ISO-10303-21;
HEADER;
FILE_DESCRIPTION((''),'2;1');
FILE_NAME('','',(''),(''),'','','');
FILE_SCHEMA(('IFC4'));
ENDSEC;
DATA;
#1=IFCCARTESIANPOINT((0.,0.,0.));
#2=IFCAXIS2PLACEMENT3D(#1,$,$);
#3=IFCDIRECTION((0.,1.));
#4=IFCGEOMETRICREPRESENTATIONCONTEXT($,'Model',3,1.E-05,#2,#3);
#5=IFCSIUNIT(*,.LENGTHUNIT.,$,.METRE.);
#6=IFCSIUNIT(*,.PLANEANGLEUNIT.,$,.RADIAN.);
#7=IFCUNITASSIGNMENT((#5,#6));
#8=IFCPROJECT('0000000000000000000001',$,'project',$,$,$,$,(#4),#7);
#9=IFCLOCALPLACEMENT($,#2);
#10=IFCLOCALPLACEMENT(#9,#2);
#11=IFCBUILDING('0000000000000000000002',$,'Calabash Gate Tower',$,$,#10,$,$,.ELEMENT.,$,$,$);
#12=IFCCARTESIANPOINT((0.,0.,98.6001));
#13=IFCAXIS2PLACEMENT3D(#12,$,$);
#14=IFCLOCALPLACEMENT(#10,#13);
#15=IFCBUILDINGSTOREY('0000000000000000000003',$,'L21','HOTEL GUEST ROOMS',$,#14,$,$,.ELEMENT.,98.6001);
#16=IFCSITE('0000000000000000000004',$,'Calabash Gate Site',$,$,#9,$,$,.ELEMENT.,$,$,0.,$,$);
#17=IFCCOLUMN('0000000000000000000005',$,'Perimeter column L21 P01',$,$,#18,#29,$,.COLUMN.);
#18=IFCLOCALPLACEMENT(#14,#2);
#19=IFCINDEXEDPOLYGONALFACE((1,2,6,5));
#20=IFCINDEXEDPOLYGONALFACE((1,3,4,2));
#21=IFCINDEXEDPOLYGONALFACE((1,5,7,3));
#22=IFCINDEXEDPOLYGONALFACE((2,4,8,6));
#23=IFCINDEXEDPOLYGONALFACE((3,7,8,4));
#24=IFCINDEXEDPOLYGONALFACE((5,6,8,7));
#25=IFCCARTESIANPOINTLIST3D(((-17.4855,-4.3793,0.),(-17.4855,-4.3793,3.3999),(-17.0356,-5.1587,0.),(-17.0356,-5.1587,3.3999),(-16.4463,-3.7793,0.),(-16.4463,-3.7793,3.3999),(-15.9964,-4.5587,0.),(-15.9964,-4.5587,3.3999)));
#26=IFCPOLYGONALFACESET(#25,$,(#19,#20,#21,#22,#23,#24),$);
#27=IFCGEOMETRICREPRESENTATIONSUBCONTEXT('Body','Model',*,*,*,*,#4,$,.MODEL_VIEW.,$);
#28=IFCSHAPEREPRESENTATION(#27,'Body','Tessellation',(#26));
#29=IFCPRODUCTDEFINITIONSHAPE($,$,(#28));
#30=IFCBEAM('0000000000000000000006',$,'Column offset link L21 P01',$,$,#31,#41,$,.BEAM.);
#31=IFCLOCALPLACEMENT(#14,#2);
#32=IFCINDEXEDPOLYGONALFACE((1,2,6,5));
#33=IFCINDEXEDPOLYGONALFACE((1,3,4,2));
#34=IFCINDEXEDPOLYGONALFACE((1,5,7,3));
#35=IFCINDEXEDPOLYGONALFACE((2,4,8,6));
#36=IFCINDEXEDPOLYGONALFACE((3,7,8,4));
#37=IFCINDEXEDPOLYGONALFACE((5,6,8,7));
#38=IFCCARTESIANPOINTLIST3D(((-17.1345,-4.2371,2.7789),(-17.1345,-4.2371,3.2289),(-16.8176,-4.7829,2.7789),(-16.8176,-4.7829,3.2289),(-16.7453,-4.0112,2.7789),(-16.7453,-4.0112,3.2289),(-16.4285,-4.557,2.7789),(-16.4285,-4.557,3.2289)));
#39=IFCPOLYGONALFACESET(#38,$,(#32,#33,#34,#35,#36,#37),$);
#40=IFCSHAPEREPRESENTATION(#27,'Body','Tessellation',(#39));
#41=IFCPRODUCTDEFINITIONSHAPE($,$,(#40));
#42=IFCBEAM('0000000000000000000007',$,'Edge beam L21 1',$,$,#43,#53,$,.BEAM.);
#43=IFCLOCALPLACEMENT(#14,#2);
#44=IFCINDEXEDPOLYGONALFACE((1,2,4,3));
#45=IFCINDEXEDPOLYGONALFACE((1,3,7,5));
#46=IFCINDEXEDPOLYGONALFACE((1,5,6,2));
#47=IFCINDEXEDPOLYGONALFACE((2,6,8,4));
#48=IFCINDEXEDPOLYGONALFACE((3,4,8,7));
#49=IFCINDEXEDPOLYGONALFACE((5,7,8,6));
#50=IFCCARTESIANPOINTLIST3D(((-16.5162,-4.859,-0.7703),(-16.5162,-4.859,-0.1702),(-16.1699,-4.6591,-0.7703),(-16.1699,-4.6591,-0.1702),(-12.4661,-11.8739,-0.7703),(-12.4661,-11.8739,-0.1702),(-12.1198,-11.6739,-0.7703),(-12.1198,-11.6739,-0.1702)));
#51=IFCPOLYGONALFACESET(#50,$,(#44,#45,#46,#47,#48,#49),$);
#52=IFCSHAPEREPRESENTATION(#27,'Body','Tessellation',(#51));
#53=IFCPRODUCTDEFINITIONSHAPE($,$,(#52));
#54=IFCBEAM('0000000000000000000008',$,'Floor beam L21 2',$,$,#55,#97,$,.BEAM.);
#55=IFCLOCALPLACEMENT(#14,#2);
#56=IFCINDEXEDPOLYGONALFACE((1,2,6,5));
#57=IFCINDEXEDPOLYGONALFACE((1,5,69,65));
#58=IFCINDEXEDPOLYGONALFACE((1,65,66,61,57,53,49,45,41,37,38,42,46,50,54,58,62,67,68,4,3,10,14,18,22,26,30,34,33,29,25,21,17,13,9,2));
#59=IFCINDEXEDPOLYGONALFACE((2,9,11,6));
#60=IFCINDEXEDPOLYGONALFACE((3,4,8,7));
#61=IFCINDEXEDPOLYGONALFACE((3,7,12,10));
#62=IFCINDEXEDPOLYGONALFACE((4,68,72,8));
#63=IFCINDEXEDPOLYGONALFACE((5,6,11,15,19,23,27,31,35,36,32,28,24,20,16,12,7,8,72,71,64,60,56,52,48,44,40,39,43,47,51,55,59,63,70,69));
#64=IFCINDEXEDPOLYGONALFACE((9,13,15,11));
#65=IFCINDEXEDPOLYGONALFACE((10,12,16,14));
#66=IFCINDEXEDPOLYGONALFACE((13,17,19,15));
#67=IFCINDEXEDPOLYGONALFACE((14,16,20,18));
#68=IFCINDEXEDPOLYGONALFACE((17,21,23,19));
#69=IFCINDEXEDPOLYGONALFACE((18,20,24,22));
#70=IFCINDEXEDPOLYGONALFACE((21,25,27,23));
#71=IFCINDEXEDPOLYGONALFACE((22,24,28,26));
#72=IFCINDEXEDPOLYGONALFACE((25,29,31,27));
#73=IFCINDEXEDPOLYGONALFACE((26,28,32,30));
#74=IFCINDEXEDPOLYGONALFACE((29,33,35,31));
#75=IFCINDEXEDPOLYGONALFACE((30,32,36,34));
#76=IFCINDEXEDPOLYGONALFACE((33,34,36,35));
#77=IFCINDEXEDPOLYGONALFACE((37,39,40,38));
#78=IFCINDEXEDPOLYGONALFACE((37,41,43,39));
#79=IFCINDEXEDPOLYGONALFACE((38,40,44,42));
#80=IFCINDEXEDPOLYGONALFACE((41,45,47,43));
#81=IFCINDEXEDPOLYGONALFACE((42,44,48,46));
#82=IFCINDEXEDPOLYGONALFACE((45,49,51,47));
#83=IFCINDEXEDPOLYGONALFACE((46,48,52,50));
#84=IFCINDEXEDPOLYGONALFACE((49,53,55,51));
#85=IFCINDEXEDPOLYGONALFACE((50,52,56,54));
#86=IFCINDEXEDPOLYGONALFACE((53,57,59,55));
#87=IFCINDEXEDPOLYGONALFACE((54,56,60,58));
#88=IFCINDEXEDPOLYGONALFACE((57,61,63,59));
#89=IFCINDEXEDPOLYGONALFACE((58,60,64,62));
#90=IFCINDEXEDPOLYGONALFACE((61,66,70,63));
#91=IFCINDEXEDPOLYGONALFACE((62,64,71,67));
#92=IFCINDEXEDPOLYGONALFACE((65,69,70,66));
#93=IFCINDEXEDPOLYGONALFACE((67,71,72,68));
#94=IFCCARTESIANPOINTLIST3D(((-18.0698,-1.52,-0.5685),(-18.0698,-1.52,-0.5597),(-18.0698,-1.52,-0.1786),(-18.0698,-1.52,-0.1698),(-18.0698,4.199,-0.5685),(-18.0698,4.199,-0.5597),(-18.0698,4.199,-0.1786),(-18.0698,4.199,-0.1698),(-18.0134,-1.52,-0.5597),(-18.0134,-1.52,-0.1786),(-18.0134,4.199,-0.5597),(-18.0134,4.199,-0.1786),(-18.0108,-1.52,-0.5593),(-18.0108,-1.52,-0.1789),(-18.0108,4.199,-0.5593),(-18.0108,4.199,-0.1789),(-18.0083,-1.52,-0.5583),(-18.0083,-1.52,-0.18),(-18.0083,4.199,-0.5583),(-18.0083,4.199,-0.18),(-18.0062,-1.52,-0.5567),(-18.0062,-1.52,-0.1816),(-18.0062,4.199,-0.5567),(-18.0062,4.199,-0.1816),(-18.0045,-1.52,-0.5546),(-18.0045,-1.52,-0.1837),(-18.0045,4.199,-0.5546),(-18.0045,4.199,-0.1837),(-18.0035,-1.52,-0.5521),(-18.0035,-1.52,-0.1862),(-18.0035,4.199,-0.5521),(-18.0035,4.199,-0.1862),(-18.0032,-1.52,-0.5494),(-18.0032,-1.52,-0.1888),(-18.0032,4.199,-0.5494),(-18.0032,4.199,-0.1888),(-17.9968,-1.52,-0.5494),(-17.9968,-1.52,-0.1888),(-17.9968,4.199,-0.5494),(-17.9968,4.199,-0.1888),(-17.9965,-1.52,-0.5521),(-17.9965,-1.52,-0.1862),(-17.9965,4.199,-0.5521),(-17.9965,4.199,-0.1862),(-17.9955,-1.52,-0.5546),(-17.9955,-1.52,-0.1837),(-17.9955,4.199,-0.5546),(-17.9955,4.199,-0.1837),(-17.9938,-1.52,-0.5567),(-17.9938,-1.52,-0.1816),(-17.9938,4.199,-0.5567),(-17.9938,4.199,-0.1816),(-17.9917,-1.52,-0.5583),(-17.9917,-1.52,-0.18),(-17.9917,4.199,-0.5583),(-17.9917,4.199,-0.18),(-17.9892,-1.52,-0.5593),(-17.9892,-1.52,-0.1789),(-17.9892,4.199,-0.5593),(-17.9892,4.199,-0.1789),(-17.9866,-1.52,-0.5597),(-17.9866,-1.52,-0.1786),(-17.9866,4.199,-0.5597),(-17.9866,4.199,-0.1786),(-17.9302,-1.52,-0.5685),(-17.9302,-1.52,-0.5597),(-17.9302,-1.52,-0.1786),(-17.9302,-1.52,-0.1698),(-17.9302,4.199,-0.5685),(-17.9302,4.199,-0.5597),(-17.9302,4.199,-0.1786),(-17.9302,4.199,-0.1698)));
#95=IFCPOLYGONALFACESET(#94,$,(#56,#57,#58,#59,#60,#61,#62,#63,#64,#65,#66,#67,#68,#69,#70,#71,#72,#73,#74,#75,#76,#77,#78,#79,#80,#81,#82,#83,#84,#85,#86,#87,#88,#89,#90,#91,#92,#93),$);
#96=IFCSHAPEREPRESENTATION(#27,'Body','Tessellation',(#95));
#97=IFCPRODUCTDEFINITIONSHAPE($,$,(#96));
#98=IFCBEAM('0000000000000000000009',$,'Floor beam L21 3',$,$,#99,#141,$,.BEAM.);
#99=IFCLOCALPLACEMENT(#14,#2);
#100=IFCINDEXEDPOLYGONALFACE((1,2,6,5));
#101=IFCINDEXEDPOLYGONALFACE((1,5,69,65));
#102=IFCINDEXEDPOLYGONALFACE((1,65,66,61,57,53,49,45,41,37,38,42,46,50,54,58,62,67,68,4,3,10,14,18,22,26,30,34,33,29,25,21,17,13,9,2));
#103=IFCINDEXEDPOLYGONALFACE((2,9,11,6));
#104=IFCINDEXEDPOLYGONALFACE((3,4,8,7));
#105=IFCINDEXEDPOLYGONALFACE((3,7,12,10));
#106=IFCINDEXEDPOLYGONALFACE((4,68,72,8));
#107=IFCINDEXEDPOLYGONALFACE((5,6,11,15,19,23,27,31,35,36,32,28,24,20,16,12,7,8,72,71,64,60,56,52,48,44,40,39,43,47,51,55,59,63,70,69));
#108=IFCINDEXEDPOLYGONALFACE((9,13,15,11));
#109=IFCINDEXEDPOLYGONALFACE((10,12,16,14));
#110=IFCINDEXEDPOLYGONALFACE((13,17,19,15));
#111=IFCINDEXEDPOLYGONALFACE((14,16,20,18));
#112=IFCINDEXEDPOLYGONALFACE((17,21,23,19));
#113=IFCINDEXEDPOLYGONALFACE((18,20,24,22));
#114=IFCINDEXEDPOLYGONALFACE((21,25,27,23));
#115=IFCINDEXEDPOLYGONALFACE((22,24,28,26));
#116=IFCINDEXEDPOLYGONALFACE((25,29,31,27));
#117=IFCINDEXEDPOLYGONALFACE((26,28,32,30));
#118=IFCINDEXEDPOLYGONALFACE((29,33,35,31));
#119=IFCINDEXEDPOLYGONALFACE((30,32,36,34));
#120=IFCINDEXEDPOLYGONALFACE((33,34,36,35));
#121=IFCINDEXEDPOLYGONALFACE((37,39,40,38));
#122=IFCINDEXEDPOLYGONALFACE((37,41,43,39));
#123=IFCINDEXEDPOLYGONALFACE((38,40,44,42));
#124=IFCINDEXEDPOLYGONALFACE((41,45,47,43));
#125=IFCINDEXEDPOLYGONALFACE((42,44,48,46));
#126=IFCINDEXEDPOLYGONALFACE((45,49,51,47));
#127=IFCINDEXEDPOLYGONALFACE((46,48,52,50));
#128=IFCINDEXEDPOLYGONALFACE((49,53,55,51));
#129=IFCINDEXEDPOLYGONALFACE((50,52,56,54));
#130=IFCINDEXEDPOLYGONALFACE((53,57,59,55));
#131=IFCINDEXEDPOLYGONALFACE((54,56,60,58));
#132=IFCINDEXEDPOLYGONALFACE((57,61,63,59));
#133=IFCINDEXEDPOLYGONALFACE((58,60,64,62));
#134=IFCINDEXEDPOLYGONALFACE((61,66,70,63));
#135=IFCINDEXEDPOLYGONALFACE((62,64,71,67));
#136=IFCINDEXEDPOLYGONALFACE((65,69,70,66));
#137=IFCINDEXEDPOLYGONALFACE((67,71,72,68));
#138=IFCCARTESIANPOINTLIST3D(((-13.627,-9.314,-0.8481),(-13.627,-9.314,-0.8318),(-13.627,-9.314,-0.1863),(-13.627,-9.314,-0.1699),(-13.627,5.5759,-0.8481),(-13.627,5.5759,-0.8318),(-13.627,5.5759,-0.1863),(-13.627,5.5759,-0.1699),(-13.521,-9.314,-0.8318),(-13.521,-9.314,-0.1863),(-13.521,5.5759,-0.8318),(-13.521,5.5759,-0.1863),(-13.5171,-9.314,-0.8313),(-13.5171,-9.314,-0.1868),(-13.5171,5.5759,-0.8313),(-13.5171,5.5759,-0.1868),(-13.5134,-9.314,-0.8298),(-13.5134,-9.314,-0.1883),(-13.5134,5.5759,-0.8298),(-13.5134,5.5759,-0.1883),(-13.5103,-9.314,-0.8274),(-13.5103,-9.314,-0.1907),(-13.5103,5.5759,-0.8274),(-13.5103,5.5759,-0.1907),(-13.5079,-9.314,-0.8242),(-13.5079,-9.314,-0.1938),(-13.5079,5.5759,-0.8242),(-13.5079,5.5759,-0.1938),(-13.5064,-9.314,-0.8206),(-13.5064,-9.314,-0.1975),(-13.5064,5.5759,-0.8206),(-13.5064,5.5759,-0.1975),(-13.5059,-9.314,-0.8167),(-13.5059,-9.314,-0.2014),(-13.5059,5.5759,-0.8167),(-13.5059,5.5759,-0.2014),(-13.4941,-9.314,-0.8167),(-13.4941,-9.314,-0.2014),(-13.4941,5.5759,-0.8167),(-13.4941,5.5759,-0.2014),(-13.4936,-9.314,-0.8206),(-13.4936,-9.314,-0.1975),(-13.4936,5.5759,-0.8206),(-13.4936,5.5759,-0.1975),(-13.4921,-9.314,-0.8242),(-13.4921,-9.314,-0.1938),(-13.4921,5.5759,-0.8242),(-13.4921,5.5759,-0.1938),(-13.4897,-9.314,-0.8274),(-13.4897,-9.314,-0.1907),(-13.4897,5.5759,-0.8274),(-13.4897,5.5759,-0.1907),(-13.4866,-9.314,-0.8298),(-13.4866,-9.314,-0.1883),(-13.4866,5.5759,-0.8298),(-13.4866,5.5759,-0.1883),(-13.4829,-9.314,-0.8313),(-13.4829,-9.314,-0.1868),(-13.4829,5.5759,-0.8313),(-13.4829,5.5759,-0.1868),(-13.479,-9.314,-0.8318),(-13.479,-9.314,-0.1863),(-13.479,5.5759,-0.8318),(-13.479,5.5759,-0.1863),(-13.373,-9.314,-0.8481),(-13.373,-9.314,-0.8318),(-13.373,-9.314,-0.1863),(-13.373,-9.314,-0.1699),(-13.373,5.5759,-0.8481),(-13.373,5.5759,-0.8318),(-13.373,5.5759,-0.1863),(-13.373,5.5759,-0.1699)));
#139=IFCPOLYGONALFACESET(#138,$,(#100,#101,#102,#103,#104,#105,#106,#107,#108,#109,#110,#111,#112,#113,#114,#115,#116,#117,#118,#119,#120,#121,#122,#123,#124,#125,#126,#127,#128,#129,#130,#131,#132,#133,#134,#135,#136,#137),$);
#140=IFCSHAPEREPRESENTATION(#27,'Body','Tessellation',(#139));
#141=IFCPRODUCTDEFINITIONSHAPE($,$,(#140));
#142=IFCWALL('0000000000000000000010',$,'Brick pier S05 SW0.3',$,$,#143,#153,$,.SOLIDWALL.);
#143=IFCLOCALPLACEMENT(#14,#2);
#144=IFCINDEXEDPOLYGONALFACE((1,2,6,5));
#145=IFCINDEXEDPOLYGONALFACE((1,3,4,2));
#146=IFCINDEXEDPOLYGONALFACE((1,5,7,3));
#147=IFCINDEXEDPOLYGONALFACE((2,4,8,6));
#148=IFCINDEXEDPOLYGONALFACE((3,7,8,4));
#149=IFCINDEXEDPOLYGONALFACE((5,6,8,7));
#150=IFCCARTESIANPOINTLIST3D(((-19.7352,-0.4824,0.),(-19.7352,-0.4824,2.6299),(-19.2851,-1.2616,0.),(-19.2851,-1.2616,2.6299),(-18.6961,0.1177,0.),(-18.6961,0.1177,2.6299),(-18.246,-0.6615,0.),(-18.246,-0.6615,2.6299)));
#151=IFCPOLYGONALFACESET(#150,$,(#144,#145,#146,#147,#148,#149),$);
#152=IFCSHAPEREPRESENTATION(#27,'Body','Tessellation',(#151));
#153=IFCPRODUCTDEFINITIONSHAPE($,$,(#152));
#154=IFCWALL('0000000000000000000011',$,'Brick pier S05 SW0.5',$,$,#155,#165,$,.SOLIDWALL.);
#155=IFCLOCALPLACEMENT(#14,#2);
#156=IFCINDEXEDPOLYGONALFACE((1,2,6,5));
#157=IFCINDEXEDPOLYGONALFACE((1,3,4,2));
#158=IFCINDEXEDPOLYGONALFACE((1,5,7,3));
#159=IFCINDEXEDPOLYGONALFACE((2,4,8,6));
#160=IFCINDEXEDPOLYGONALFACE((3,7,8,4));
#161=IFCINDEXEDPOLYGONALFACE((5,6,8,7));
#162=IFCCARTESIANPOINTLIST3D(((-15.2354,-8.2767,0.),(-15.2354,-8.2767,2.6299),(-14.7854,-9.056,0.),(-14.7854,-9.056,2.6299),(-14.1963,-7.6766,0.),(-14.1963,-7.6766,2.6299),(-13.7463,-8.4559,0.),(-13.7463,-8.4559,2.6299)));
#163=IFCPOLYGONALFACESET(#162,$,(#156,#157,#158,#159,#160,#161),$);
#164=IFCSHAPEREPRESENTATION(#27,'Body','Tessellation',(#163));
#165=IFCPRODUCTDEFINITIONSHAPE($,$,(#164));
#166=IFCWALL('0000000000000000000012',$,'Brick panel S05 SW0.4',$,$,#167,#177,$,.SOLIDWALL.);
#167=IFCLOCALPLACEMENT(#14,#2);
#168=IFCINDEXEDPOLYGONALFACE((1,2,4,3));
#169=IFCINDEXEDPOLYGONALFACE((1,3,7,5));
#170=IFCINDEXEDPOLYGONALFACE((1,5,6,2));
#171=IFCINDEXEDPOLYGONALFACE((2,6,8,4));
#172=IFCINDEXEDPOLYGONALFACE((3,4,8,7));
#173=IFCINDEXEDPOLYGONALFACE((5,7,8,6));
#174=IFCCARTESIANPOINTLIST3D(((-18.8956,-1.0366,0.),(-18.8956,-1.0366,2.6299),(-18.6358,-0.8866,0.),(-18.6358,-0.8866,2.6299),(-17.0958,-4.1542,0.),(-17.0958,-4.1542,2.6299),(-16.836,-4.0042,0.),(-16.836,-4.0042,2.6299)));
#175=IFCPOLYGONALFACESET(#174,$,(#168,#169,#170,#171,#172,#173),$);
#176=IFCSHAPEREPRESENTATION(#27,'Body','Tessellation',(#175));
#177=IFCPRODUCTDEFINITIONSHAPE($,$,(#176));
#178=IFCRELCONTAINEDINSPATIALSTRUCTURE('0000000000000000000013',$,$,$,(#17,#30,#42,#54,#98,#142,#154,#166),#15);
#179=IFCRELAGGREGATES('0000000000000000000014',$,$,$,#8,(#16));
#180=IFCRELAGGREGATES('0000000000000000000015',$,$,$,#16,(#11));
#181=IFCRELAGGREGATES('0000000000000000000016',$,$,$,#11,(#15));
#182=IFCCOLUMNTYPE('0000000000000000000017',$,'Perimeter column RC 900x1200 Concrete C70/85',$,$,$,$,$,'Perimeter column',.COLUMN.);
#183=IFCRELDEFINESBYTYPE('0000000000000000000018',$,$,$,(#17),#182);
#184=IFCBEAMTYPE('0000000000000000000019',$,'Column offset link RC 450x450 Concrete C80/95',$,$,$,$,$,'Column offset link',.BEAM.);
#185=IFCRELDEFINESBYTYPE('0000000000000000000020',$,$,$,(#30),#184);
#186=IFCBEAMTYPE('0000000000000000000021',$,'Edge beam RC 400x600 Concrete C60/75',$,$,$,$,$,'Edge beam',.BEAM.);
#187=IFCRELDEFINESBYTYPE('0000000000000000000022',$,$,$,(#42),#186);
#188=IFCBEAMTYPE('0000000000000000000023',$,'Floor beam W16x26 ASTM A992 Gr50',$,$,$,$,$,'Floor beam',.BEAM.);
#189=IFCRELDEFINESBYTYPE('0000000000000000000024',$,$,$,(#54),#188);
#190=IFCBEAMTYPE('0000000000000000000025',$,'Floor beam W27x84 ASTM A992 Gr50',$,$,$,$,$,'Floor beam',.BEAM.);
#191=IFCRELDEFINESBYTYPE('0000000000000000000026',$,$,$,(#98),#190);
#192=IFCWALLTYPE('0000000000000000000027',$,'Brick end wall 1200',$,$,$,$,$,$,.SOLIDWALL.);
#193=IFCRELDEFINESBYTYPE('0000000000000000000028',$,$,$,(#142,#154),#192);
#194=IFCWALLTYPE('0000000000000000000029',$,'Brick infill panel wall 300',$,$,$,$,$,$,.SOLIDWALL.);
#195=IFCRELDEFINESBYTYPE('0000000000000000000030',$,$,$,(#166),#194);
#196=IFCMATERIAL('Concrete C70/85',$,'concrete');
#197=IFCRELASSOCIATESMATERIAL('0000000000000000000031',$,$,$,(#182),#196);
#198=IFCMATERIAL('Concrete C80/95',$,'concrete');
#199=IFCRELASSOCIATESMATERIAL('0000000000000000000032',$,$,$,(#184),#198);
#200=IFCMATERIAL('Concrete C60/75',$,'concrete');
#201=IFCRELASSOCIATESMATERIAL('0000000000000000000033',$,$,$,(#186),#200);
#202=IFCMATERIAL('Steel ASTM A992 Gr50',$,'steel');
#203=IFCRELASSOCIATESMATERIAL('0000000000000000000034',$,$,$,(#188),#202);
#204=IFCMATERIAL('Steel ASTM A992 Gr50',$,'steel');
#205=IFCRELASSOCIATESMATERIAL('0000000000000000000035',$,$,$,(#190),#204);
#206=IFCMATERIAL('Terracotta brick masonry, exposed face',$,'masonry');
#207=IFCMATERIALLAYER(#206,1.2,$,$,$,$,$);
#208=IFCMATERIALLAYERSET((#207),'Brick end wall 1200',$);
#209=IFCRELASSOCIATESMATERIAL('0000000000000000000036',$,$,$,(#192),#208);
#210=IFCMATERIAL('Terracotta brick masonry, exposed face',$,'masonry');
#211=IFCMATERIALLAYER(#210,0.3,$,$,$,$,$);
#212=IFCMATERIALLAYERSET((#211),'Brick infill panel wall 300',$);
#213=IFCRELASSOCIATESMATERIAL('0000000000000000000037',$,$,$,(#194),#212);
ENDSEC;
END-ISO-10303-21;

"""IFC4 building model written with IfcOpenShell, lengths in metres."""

from ifc_helpers import new_model, si_unit, direction, frame, frame_2d, origin, origin_2d, place, context, subcontext, project, spatial, rectangle, i_section, extrude, material, layer, layer_set, material_profile, profile_set, type_object, element, save


model = new_model("IFC4")

# Units and contexts
model_context = context("Model", 3, precision=1e-05, world=origin(), true_north=direction((0.0, 1.0)))
body_context = subcontext(model_context, "Body", "Model", "MODEL_VIEW")
ifc_project = project(units=[si_unit("LENGTHUNIT", "METRE"), si_unit("PLANEANGLEUNIT", "RADIAN")], contexts=[model_context])

# Site, building, storey
site_placement = place(None, origin())
site = spatial("IfcSite", under=ifc_project, at=site_placement, Name="Calabash Gate Site", CompositionType="ELEMENT", RefElevation=0.0)
building_placement = place(site_placement, origin())
building = spatial("IfcBuilding", under=site, at=building_placement, Name="Calabash Gate Tower", CompositionType="ELEMENT")
storey_placement = place(building_placement, frame((0.0, 0.0, 98.6001)))
storey = spatial("IfcBuildingStorey", under=building, at=storey_placement, Name="L21", Description="HOTEL GUEST ROOMS", CompositionType="ELEMENT", Elevation=98.6001)

# Column
ifc_material_1 = material(Name="Concrete C70/85", Category="concrete")
ifc_material_profile_1 = material_profile(ifc_material_1, rectangle(XDim=0.8999, YDim=1.2, at=origin_2d()))
ifc_profile_set_1 = profile_set([ifc_material_profile_1], Name="Concrete C70/85")
column_type = type_object("IfcColumnType", Name="Perimeter column RC 900x1200 Concrete C70/85", ElementType="Perimeter column", PredefinedType="COLUMN", material=ifc_profile_set_1)
column_placement = place(storey_placement, frame((-16.741, -4.469, 0.0), z_axis=(0.0, 0.0, 1.0), x_axis=(0.5, -0.866025, 0.0)))
element("IfcColumn", 1, at=column_placement, inside=storey, type_object=column_type, Name="Perimeter column L21 P01", PredefinedType="COLUMN", context=body_context, shape_type="SweptSolid", body=[
    extrude(rectangle(XDim=0.8999, YDim=1.2, at=origin_2d()), origin(), (0.0, 0.0, 1.0), 3.3999),
])

# Beams
ifc_material_2 = material(Name="Concrete C80/95", Category="concrete")
ifc_material_profile_2 = material_profile(ifc_material_2, rectangle(XDim=0.45, YDim=0.45, at=origin_2d()))
ifc_profile_set_2 = profile_set([ifc_material_profile_2], Name="Concrete C80/95")
beam_type_1 = type_object("IfcBeamType", Name="Column offset link RC 450x450 Concrete C80/95", ElementType="Column offset link", PredefinedType="BEAM", material=ifc_profile_set_2)
beam_1_placement = place(storey_placement, frame((-16.623, -4.6699, 3.0039), z_axis=(-0.502042, 0.864843, 0.0), x_axis=(-0.864843, -0.502042, 0.0)))
element("IfcBeam", 2, at=beam_1_placement, inside=storey, type_object=beam_type_1, Name="Column offset link L21 P01", PredefinedType="BEAM", context=body_context, shape_type="SweptSolid", body=[
    extrude(rectangle(XDim=0.45, YDim=0.45, at=origin_2d()), origin(), (0.0, 0.0, 1.0), 0.6311),
])
ifc_material_3 = material(Name="Concrete C60/75", Category="concrete")
ifc_material_profile_3 = material_profile(ifc_material_3, rectangle(XDim=0.3999, YDim=0.6001, at=origin_2d()))
ifc_profile_set_3 = profile_set([ifc_material_profile_3], Name="Concrete C60/75")
beam_type_2 = type_object("IfcBeamType", Name="Edge beam RC 400x600 Concrete C60/75", ElementType="Edge beam", PredefinedType="BEAM", material=ifc_profile_set_3)
beam_2_placement = place(storey_placement, frame((-16.343, -4.759, -0.4702), z_axis=(0.5, -0.866025, 0.0), x_axis=(0.866025, 0.5, 0.0)))
element("IfcBeam", 3, at=beam_2_placement, inside=storey, type_object=beam_type_2, Name="Edge beam L21 1", PredefinedType="BEAM", context=body_context, shape_type="SweptSolid", body=[
    extrude(rectangle(XDim=0.3999, YDim=0.6001, at=origin_2d()), origin(), (0.0, 0.0, 1.0), 8.1001),
])
ifc_material_4 = material(Name="Steel ASTM A992 Gr50", Category="steel")
ifc_material_profile_4 = material_profile(ifc_material_4, i_section(OverallWidth=0.1396, OverallDepth=0.3987, WebThickness=0.0063, FlangeThickness=0.0088, FilletRadius=0.0103, at=origin_2d()))
ifc_profile_set_4 = profile_set([ifc_material_profile_4], Name="Steel ASTM A992 Gr50")
beam_type_3 = type_object("IfcBeamType", Name="Floor beam W16x26 ASTM A992 Gr50", ElementType="Floor beam", PredefinedType="BEAM", material=ifc_profile_set_4)
beam_3_placement = place(storey_placement, frame((-18.0, -1.52, -0.3691), z_axis=(0.0, 1.0, 0.0), x_axis=(-1.0, 0.0, 0.0)))
element("IfcBeam", 4, at=beam_3_placement, inside=storey, type_object=beam_type_3, Name="Floor beam L21 2", PredefinedType="BEAM", context=body_context, shape_type="SweptSolid", body=[
    extrude(i_section(OverallWidth=0.1396, OverallDepth=0.3987, WebThickness=0.0063, FlangeThickness=0.0088, FilletRadius=0.0103, at=origin_2d()), origin(), (0.0, 0.0, 1.0), 5.719),
])
ifc_material_5 = material(Name="Steel ASTM A992 Gr50", Category="steel")
ifc_material_profile_5 = material_profile(ifc_material_5, i_section(OverallWidth=0.2539, OverallDepth=0.6782, WebThickness=0.0117, FlangeThickness=0.0164, FilletRadius=0.0151, at=origin_2d()))
ifc_profile_set_5 = profile_set([ifc_material_profile_5], Name="Steel ASTM A992 Gr50")
beam_type_4 = type_object("IfcBeamType", Name="Floor beam W27x84 ASTM A992 Gr50", ElementType="Floor beam", PredefinedType="BEAM", material=ifc_profile_set_5)
beam_4_placement = place(storey_placement, frame((-13.5, -9.314, -0.509), z_axis=(0.0, 1.0, 0.0), x_axis=(-1.0, 0.0, 0.0)))
element("IfcBeam", 5, at=beam_4_placement, inside=storey, type_object=beam_type_4, Name="Floor beam L21 3", PredefinedType="BEAM", context=body_context, shape_type="SweptSolid", body=[
    extrude(i_section(OverallWidth=0.2539, OverallDepth=0.6782, WebThickness=0.0117, FlangeThickness=0.0164, FilletRadius=0.0151, at=origin_2d()), origin(), (0.0, 0.0, 1.0), 14.8899),
])

# Walls
ifc_material_6 = material(Name="Terracotta brick masonry, exposed face", Category="masonry")
ifc_layer_1 = layer(ifc_material_6, 1.2)
ifc_layer_set_1 = layer_set([ifc_layer_1], Name="Brick end wall 1200")
wall_type_1 = type_object("IfcWallType", Name="Brick end wall 1200", PredefinedType="SOLIDWALL", material=ifc_layer_set_1)
for number, where, z_axis, x_axis, name in (
    (6, (-19.5103, -0.8721, 0.0), (0.0, 0.0, 1.0), (0.865955, 0.500122, 0.0), "Brick pier S05 SW0.3"),
    (7, (-13.9712, -8.0662, 0.0), (0.0, 0.0, 1.0), (-0.865955, -0.500122, 0.0), "Brick pier S05 SW0.5"),
):
    element("IfcWall", number, at=place(storey_placement, frame(where, z_axis=z_axis, x_axis=x_axis)), inside=storey, type_object=wall_type_1, Name=name, PredefinedType="SOLIDWALL", context=body_context, shape_type="SweptSolid", body=[
        extrude(rectangle(XDim=1.2, YDim=0.8999, at=frame_2d((0.6001, 0.0))), origin(), (0.0, 0.0, 1.0), 2.6299),
    ])
ifc_material_7 = material(Name="Terracotta brick masonry, exposed face", Category="masonry")
ifc_layer_2 = layer(ifc_material_7, 0.3)
ifc_layer_set_2 = layer_set([ifc_layer_2], Name="Brick infill panel wall 300")
wall_type_2 = type_object("IfcWallType", Name="Brick infill panel wall 300", PredefinedType="SOLIDWALL", material=ifc_layer_set_2)
wall_1_placement = place(storey_placement, frame((-18.7656, -0.9617, 0.0), z_axis=(0.0, 0.0, 1.0), x_axis=(0.499961, -0.866048, 0.0)))
element("IfcWall", 8, at=wall_1_placement, inside=storey, type_object=wall_type_2, Name="Brick panel S05 SW0.4", PredefinedType="SOLIDWALL", context=body_context, shape_type="SweptSolid", body=[
    extrude(rectangle(XDim=3.5999, YDim=0.3, at=frame_2d((1.7998, 0.0))), origin(), (0.0, 0.0, 1.0), 2.6299),
])

save(model, "model.ifc")
